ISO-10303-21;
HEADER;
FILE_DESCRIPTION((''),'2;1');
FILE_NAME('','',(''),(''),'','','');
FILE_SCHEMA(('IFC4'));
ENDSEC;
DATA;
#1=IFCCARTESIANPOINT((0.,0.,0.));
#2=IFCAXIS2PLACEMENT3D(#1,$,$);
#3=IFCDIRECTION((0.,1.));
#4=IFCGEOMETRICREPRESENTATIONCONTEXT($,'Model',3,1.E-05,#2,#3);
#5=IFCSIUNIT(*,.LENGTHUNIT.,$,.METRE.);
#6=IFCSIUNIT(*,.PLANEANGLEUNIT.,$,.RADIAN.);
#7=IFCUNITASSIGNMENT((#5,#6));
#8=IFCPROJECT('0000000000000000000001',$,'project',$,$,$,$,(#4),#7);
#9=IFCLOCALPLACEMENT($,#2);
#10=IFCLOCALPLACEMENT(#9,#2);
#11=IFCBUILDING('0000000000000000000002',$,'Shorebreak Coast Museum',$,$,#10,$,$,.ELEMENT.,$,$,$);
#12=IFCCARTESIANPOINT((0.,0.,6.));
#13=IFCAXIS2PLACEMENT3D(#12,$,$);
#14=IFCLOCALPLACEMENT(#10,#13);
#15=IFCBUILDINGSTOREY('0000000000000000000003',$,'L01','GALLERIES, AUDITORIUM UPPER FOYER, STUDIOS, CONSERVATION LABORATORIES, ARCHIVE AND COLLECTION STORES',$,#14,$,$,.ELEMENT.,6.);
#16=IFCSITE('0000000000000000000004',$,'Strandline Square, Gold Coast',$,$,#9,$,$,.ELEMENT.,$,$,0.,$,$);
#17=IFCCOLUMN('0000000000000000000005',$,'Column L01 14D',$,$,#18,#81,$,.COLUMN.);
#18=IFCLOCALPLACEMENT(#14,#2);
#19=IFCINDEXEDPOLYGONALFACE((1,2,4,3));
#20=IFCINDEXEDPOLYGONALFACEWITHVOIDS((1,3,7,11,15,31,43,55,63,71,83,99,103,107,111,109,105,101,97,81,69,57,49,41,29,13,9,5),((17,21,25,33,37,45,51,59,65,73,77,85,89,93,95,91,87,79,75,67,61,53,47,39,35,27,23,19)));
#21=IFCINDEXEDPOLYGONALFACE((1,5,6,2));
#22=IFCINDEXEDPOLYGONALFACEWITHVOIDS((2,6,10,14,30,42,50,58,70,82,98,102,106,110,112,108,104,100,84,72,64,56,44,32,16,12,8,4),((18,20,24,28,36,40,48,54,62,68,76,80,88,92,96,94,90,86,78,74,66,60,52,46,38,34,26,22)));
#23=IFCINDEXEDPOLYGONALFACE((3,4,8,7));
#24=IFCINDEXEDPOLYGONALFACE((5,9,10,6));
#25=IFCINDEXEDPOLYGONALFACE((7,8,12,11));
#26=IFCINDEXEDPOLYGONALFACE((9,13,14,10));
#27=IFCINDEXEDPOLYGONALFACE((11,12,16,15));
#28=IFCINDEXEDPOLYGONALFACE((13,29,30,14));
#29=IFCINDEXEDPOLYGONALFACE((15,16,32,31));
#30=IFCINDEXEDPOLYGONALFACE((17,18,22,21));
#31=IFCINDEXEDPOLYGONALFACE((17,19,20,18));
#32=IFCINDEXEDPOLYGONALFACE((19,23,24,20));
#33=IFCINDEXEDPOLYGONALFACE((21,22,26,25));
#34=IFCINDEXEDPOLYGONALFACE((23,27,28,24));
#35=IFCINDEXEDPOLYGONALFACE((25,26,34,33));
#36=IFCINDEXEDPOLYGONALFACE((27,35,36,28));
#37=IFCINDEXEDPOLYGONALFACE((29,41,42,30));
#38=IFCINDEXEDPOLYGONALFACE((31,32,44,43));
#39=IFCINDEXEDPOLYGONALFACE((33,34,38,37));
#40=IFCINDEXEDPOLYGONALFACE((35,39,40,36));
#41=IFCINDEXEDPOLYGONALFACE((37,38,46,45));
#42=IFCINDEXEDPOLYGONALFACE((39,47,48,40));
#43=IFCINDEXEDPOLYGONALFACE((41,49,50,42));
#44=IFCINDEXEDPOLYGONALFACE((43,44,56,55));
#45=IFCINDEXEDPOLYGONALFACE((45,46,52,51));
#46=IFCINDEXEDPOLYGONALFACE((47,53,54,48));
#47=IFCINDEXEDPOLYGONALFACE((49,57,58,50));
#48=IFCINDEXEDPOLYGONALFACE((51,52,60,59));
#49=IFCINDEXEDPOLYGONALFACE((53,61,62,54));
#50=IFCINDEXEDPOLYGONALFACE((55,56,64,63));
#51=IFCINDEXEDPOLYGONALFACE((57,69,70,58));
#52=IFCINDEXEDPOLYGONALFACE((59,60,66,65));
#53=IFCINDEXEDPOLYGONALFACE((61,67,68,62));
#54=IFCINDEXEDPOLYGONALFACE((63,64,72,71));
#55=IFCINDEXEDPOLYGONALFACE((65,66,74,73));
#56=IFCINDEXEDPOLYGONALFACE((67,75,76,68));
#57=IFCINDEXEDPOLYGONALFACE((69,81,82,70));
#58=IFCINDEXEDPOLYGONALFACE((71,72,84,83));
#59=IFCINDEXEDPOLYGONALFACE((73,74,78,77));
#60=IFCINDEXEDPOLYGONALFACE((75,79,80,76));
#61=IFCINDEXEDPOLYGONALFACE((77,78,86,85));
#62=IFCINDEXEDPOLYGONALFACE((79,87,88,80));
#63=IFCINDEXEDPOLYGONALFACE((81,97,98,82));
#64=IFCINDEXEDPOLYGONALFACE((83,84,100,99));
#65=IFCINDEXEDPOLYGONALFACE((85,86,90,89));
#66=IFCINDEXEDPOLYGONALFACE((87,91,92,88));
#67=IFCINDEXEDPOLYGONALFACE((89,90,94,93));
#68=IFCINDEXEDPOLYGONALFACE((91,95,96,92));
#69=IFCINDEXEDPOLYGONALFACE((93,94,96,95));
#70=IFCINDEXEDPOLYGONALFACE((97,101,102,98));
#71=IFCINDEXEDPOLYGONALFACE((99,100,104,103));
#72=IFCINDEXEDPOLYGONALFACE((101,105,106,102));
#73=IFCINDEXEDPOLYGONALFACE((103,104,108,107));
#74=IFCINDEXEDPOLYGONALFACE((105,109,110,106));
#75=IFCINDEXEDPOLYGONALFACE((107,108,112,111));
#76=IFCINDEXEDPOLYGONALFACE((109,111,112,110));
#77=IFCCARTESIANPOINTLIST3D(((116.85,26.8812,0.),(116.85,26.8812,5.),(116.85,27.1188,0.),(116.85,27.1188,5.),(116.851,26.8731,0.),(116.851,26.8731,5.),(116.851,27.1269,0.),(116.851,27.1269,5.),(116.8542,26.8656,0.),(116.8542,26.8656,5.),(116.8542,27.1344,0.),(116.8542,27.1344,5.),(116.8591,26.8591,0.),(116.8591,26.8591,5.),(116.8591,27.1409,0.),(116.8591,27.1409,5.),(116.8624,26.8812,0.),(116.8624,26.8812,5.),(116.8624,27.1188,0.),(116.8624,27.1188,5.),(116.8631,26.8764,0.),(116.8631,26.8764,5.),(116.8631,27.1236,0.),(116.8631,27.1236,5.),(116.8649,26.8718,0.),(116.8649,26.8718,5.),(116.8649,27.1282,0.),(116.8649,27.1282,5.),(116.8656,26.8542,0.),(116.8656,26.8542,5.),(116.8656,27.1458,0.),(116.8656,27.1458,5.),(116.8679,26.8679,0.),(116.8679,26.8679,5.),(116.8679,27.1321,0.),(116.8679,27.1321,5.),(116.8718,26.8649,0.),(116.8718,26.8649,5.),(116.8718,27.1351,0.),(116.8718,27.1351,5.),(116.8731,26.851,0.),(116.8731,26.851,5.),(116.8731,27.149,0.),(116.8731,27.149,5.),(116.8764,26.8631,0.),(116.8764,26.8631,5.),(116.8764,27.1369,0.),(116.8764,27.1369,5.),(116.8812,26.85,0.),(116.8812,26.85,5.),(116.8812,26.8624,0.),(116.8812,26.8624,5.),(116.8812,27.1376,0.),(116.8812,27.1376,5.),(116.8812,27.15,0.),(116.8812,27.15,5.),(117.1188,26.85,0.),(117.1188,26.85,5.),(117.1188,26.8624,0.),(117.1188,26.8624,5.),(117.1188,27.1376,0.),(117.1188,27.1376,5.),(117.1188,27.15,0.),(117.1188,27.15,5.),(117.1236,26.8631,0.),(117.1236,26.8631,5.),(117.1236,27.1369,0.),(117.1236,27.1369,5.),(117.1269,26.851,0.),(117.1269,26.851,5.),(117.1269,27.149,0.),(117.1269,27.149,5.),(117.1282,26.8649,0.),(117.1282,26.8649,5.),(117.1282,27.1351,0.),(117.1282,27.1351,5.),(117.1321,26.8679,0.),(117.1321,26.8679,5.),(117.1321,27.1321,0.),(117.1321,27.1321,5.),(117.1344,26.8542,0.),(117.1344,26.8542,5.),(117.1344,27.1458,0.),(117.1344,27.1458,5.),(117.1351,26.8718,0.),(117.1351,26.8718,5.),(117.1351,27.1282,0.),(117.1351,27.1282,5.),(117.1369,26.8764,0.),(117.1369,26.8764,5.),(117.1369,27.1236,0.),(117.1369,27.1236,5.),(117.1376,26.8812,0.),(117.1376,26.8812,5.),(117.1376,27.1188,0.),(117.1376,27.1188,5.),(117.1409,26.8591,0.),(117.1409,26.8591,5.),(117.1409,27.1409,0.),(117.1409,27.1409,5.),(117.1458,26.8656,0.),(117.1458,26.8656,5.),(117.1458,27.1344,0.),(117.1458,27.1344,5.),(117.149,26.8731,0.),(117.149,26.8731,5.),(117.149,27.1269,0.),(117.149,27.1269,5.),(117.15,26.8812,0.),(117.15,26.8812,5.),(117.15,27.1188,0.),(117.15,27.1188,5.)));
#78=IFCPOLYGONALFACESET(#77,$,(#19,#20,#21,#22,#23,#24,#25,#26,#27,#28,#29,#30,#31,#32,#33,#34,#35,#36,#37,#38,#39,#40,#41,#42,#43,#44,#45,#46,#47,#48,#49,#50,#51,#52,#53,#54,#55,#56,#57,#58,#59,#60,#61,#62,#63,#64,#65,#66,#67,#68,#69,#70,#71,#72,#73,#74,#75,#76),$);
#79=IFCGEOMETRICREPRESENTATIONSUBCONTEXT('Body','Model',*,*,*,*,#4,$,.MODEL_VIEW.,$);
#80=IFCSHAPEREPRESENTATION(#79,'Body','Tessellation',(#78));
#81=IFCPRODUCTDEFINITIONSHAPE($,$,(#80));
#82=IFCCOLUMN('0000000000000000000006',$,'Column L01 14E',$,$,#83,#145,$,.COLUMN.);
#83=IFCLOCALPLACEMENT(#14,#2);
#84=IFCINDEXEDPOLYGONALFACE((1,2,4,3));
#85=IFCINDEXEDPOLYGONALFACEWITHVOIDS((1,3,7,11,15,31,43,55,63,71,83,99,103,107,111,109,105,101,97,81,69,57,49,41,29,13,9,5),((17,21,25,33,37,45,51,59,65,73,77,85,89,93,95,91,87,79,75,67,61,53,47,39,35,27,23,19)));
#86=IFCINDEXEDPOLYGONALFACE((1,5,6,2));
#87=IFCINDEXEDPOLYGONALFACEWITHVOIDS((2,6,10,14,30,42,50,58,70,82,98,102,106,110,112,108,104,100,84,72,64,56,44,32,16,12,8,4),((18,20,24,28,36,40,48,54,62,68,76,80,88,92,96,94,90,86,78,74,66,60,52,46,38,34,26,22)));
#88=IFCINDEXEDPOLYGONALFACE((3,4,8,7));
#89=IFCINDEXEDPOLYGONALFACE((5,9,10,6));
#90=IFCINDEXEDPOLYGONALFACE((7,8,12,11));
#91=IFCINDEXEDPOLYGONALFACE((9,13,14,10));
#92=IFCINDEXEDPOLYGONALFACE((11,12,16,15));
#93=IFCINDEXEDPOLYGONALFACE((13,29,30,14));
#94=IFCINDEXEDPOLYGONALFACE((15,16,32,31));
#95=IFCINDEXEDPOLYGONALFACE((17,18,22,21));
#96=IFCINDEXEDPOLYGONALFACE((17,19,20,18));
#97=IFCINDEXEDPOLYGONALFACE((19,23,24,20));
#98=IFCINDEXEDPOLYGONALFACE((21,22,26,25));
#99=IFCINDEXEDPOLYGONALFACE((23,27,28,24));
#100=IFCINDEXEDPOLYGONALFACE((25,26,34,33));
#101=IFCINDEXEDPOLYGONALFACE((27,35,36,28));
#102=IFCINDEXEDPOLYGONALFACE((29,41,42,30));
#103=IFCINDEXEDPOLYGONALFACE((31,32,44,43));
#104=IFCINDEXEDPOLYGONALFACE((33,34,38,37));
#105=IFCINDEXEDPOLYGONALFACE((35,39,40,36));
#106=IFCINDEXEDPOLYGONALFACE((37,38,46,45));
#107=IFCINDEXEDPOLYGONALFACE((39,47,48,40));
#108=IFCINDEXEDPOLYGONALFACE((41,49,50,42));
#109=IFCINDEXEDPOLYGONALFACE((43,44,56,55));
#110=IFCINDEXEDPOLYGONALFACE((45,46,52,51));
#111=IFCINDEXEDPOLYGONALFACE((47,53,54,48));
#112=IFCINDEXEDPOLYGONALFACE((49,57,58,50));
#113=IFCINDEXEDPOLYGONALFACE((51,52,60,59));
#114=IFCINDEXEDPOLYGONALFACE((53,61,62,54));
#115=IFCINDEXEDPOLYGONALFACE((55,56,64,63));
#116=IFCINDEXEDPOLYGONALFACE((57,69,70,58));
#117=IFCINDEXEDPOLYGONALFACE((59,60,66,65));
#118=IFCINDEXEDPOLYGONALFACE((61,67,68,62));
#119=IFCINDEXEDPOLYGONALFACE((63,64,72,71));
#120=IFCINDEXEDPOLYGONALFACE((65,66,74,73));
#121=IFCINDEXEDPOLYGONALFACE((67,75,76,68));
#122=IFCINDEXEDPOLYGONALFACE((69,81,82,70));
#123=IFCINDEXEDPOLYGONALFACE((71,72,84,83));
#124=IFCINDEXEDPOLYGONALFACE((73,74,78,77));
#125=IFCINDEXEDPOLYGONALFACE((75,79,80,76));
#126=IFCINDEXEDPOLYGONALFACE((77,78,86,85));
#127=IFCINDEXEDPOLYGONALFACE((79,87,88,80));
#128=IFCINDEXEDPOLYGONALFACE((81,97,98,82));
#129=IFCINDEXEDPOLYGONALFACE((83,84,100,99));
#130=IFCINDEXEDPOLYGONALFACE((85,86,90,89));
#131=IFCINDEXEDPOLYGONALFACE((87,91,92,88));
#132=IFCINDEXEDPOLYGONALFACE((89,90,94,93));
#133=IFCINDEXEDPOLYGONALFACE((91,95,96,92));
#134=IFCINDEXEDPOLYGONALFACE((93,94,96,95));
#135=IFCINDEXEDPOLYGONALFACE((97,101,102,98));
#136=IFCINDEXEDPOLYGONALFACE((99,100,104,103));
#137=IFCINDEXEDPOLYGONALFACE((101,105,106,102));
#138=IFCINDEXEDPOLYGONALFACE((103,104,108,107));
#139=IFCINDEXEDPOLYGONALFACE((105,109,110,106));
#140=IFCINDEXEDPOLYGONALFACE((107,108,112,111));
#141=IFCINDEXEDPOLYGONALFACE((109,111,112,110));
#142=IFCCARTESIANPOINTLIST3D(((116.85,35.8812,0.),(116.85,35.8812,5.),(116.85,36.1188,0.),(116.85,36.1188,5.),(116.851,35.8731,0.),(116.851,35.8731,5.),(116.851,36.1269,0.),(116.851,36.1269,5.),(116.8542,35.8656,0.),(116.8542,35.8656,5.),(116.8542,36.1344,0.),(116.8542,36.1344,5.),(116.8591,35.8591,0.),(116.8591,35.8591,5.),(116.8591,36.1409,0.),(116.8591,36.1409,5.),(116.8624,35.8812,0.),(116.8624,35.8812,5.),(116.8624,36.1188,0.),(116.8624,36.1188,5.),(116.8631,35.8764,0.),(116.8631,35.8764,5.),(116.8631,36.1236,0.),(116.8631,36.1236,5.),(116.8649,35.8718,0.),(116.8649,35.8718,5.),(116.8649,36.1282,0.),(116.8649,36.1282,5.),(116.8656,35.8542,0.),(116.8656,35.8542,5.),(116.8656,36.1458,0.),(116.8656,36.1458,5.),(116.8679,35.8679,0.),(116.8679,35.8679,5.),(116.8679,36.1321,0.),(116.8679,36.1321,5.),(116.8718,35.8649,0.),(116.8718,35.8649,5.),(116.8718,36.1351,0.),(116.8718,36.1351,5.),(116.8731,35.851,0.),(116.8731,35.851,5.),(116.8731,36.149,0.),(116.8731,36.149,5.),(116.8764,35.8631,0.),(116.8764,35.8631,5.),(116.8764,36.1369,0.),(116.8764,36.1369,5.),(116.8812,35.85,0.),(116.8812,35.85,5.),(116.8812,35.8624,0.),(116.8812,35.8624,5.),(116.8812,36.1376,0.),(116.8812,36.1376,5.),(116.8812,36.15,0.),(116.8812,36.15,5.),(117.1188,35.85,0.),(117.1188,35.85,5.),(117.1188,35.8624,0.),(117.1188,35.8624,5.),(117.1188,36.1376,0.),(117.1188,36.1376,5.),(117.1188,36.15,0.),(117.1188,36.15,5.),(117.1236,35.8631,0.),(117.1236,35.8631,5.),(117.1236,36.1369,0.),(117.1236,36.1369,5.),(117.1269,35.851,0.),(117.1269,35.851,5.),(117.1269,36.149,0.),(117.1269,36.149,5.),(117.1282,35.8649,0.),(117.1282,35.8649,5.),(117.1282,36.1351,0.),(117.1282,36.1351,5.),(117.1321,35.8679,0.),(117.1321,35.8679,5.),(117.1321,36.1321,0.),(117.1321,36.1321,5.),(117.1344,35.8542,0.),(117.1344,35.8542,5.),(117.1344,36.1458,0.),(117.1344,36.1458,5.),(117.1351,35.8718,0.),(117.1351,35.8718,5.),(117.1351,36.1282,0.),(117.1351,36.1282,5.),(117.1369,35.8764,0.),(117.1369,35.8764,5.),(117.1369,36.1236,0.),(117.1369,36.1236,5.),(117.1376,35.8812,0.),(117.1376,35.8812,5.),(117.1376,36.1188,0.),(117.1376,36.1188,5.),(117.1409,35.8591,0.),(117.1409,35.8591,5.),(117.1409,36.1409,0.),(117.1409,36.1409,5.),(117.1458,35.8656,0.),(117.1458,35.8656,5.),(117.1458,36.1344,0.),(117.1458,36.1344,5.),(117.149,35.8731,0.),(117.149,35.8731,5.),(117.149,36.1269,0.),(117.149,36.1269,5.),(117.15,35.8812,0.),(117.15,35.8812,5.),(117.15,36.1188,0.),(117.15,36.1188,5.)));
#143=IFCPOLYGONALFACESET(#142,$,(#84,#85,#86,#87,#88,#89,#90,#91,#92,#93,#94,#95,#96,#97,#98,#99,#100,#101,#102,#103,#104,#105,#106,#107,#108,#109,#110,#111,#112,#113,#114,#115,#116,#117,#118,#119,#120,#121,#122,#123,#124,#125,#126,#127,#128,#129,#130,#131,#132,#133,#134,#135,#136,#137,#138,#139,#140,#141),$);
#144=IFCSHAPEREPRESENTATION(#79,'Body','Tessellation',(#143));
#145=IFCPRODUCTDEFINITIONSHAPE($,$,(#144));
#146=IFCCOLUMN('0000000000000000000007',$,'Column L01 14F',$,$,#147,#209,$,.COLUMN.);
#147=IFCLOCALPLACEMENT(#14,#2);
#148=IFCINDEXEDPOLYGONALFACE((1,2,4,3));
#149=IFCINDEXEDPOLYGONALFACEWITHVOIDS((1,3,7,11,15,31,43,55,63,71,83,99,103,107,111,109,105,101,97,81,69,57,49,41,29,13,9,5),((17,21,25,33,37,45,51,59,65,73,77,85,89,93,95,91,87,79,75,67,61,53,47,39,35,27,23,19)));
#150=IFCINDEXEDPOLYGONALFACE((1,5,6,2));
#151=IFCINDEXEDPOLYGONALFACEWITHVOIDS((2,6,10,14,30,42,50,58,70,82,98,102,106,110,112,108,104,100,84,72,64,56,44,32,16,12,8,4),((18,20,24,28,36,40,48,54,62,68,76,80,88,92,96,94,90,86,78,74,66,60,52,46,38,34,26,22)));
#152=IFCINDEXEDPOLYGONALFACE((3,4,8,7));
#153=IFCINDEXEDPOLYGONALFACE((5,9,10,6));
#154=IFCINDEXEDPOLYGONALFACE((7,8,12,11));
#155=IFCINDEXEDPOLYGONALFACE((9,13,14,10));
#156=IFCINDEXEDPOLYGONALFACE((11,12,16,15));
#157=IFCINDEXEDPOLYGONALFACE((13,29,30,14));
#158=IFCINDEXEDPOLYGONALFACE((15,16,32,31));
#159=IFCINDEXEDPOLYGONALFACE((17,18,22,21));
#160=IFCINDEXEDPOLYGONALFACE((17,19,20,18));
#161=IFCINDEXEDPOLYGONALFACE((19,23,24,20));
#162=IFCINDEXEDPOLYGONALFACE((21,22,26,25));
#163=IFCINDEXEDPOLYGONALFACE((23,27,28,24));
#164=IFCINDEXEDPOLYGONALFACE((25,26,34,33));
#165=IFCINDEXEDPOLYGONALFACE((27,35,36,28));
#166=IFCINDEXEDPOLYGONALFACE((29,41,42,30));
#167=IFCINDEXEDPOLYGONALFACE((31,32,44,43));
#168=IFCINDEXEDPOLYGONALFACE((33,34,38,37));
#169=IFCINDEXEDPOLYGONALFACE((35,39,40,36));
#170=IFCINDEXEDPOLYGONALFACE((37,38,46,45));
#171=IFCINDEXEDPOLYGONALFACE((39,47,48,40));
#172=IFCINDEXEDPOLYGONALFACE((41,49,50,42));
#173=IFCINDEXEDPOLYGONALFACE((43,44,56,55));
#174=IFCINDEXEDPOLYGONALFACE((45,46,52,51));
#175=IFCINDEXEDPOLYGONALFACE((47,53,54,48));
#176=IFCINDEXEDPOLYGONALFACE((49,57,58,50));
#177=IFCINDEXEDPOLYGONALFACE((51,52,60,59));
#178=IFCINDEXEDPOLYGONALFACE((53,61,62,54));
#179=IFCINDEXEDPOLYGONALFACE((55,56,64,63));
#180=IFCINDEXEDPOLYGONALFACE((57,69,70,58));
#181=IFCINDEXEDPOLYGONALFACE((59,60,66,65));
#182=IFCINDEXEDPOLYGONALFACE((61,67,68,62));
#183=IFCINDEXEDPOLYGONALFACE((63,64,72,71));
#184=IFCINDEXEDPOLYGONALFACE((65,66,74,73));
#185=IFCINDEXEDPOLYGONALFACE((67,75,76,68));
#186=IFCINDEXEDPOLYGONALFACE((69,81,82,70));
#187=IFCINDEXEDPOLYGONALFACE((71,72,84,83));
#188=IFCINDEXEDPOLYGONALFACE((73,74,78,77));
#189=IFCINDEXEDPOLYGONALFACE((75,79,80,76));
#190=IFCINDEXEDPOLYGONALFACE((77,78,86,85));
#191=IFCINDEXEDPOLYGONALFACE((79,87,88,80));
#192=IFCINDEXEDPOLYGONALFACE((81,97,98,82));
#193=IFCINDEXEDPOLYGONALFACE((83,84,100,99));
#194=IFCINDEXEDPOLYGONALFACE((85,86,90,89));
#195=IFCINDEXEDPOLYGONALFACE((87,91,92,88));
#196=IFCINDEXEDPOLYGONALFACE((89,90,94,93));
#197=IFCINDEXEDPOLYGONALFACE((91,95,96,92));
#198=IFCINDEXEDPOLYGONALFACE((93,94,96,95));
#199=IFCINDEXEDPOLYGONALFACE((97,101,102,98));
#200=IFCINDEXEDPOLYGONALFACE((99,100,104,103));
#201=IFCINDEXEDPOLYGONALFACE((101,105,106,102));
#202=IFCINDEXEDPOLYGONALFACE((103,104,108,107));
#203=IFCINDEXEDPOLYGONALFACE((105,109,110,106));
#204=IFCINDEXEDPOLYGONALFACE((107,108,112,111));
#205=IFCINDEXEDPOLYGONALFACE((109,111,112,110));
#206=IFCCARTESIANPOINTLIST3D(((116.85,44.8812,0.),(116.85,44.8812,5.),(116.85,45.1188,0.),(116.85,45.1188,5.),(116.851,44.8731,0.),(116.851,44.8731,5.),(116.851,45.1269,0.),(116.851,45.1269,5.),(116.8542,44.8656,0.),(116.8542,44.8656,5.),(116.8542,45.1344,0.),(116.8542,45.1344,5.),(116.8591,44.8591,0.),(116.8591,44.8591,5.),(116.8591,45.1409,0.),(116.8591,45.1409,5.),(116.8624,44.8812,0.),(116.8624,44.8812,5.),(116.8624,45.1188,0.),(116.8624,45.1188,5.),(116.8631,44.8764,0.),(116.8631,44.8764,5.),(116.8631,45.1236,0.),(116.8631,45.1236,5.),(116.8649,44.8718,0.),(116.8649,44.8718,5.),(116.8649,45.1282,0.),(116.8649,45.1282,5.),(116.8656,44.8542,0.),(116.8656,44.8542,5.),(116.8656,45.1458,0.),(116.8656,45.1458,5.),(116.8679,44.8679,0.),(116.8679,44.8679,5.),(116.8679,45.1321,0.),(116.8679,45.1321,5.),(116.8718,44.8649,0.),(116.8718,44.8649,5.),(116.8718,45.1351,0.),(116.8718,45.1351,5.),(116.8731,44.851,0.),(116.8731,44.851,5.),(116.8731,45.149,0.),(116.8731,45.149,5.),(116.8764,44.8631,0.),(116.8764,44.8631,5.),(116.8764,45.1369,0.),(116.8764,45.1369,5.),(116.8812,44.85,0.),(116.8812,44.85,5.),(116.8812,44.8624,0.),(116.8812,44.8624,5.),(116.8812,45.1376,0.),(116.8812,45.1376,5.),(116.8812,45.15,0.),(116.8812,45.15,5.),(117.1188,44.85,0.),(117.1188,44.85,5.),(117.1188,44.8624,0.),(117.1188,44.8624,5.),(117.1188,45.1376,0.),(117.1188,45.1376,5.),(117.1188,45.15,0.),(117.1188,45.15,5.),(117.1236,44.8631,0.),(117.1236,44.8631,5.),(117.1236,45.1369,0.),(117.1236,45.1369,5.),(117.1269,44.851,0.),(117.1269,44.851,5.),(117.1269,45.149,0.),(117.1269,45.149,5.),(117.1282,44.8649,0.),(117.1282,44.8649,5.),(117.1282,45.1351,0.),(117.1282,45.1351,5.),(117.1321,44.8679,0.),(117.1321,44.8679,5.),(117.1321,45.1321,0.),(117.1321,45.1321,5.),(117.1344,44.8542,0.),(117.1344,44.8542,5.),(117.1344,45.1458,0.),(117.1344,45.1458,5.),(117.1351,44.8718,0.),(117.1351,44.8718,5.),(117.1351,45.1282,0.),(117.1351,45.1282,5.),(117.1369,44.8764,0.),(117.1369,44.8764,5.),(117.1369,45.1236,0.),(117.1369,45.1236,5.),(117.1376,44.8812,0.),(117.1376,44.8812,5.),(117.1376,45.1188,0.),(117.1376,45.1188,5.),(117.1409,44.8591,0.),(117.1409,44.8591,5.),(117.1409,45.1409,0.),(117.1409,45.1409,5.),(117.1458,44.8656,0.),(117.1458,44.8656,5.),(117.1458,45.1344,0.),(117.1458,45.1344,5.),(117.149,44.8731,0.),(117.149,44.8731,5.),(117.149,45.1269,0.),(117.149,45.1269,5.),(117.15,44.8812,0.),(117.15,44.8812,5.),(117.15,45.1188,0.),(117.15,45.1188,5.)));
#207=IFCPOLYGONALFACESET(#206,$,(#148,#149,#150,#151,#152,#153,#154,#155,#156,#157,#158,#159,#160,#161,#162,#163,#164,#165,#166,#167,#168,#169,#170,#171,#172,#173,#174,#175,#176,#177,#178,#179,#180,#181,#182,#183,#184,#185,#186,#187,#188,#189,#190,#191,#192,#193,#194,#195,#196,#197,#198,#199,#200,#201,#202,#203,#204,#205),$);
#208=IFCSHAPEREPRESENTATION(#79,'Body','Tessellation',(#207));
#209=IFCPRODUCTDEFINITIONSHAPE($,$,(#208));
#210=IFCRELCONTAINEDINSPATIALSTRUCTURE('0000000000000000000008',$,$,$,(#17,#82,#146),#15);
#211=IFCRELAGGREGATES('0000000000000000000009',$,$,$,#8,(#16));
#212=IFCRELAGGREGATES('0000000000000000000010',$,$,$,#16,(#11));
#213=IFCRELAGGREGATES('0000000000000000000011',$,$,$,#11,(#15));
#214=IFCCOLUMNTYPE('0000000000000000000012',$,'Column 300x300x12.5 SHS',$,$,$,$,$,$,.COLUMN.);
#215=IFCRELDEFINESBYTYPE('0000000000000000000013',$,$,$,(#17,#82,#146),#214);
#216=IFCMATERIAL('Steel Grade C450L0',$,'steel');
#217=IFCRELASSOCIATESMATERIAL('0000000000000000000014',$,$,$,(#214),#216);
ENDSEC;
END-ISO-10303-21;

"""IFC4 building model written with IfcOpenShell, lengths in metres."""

from ifc_helpers import new_model, si_unit, direction, frame, origin, origin_2d, place, context, subcontext, project, spatial, hollow_rectangle, extrude, material, material_profile, profile_set, type_object, element, save


model = new_model("IFC4")

# Units and contexts
model_context = context("Model", 3, precision=1e-05, world=origin(), true_north=direction((0.0, 1.0)))
body_context = subcontext(model_context, "Body", "Model", "MODEL_VIEW")
ifc_project = project(units=[si_unit("LENGTHUNIT", "METRE"), si_unit("PLANEANGLEUNIT", "RADIAN")], contexts=[model_context])

# Site, building, storey
site_placement = place(None, origin())
site = spatial("IfcSite", under=ifc_project, at=site_placement, Name="Strandline Square, Gold Coast", CompositionType="ELEMENT", RefElevation=0.0)
building_placement = place(site_placement, origin())
building = spatial("IfcBuilding", under=site, at=building_placement, Name="Shorebreak Coast Museum", CompositionType="ELEMENT")
storey_placement = place(building_placement, frame((0.0, 0.0, 6.0)))
storey = spatial("IfcBuildingStorey", under=building, at=storey_placement, Name="L01", Description="GALLERIES, AUDITORIUM UPPER FOYER, STUDIOS, CONSERVATION LABORATORIES, ARCHIVE AND COLLECTION STORES", CompositionType="ELEMENT", Elevation=6.0)

# Columns
ifc_material_1 = material(Name="Steel Grade C450L0", Category="steel")
ifc_material_profile_1 = material_profile(ifc_material_1, hollow_rectangle(XDim=0.3, YDim=0.3, WallThickness=0.0125, InnerFilletRadius=0.0188, OuterFilletRadius=0.0312, at=origin_2d()), Name="300x300x12.5 SHS")
ifc_profile_set_1 = profile_set([ifc_material_profile_1], Name="Steel Grade C450L0")
column_type = type_object("IfcColumnType", Name="Column 300x300x12.5 SHS", PredefinedType="COLUMN", material=ifc_profile_set_1)
for number, where, z_axis, x_axis, name in (
    (1, (117.0, 27.0, 0.0), (0.0, 0.0, 1.0), (1.0, 0.0, 0.0), "Column L01 14D"),
    (2, (117.0, 36.0, 0.0), (0.0, 0.0, 1.0), (1.0, 0.0, 0.0), "Column L01 14E"),
    (3, (117.0, 45.0, 0.0), (0.0, 0.0, 1.0), (1.0, 0.0, 0.0), "Column L01 14F"),
):
    element("IfcColumn", number, at=place(storey_placement, frame(where, z_axis=z_axis, x_axis=x_axis)), inside=storey, type_object=column_type, Name=name, PredefinedType="COLUMN", context=body_context, shape_type="SweptSolid", body=[
        extrude(hollow_rectangle(XDim=0.3, YDim=0.3, WallThickness=0.0125, InnerFilletRadius=0.0188, OuterFilletRadius=0.0312, at=origin_2d()), origin(), (0.0, 0.0, 1.0), 5.0),
    ])

save(model, "model.ifc")
